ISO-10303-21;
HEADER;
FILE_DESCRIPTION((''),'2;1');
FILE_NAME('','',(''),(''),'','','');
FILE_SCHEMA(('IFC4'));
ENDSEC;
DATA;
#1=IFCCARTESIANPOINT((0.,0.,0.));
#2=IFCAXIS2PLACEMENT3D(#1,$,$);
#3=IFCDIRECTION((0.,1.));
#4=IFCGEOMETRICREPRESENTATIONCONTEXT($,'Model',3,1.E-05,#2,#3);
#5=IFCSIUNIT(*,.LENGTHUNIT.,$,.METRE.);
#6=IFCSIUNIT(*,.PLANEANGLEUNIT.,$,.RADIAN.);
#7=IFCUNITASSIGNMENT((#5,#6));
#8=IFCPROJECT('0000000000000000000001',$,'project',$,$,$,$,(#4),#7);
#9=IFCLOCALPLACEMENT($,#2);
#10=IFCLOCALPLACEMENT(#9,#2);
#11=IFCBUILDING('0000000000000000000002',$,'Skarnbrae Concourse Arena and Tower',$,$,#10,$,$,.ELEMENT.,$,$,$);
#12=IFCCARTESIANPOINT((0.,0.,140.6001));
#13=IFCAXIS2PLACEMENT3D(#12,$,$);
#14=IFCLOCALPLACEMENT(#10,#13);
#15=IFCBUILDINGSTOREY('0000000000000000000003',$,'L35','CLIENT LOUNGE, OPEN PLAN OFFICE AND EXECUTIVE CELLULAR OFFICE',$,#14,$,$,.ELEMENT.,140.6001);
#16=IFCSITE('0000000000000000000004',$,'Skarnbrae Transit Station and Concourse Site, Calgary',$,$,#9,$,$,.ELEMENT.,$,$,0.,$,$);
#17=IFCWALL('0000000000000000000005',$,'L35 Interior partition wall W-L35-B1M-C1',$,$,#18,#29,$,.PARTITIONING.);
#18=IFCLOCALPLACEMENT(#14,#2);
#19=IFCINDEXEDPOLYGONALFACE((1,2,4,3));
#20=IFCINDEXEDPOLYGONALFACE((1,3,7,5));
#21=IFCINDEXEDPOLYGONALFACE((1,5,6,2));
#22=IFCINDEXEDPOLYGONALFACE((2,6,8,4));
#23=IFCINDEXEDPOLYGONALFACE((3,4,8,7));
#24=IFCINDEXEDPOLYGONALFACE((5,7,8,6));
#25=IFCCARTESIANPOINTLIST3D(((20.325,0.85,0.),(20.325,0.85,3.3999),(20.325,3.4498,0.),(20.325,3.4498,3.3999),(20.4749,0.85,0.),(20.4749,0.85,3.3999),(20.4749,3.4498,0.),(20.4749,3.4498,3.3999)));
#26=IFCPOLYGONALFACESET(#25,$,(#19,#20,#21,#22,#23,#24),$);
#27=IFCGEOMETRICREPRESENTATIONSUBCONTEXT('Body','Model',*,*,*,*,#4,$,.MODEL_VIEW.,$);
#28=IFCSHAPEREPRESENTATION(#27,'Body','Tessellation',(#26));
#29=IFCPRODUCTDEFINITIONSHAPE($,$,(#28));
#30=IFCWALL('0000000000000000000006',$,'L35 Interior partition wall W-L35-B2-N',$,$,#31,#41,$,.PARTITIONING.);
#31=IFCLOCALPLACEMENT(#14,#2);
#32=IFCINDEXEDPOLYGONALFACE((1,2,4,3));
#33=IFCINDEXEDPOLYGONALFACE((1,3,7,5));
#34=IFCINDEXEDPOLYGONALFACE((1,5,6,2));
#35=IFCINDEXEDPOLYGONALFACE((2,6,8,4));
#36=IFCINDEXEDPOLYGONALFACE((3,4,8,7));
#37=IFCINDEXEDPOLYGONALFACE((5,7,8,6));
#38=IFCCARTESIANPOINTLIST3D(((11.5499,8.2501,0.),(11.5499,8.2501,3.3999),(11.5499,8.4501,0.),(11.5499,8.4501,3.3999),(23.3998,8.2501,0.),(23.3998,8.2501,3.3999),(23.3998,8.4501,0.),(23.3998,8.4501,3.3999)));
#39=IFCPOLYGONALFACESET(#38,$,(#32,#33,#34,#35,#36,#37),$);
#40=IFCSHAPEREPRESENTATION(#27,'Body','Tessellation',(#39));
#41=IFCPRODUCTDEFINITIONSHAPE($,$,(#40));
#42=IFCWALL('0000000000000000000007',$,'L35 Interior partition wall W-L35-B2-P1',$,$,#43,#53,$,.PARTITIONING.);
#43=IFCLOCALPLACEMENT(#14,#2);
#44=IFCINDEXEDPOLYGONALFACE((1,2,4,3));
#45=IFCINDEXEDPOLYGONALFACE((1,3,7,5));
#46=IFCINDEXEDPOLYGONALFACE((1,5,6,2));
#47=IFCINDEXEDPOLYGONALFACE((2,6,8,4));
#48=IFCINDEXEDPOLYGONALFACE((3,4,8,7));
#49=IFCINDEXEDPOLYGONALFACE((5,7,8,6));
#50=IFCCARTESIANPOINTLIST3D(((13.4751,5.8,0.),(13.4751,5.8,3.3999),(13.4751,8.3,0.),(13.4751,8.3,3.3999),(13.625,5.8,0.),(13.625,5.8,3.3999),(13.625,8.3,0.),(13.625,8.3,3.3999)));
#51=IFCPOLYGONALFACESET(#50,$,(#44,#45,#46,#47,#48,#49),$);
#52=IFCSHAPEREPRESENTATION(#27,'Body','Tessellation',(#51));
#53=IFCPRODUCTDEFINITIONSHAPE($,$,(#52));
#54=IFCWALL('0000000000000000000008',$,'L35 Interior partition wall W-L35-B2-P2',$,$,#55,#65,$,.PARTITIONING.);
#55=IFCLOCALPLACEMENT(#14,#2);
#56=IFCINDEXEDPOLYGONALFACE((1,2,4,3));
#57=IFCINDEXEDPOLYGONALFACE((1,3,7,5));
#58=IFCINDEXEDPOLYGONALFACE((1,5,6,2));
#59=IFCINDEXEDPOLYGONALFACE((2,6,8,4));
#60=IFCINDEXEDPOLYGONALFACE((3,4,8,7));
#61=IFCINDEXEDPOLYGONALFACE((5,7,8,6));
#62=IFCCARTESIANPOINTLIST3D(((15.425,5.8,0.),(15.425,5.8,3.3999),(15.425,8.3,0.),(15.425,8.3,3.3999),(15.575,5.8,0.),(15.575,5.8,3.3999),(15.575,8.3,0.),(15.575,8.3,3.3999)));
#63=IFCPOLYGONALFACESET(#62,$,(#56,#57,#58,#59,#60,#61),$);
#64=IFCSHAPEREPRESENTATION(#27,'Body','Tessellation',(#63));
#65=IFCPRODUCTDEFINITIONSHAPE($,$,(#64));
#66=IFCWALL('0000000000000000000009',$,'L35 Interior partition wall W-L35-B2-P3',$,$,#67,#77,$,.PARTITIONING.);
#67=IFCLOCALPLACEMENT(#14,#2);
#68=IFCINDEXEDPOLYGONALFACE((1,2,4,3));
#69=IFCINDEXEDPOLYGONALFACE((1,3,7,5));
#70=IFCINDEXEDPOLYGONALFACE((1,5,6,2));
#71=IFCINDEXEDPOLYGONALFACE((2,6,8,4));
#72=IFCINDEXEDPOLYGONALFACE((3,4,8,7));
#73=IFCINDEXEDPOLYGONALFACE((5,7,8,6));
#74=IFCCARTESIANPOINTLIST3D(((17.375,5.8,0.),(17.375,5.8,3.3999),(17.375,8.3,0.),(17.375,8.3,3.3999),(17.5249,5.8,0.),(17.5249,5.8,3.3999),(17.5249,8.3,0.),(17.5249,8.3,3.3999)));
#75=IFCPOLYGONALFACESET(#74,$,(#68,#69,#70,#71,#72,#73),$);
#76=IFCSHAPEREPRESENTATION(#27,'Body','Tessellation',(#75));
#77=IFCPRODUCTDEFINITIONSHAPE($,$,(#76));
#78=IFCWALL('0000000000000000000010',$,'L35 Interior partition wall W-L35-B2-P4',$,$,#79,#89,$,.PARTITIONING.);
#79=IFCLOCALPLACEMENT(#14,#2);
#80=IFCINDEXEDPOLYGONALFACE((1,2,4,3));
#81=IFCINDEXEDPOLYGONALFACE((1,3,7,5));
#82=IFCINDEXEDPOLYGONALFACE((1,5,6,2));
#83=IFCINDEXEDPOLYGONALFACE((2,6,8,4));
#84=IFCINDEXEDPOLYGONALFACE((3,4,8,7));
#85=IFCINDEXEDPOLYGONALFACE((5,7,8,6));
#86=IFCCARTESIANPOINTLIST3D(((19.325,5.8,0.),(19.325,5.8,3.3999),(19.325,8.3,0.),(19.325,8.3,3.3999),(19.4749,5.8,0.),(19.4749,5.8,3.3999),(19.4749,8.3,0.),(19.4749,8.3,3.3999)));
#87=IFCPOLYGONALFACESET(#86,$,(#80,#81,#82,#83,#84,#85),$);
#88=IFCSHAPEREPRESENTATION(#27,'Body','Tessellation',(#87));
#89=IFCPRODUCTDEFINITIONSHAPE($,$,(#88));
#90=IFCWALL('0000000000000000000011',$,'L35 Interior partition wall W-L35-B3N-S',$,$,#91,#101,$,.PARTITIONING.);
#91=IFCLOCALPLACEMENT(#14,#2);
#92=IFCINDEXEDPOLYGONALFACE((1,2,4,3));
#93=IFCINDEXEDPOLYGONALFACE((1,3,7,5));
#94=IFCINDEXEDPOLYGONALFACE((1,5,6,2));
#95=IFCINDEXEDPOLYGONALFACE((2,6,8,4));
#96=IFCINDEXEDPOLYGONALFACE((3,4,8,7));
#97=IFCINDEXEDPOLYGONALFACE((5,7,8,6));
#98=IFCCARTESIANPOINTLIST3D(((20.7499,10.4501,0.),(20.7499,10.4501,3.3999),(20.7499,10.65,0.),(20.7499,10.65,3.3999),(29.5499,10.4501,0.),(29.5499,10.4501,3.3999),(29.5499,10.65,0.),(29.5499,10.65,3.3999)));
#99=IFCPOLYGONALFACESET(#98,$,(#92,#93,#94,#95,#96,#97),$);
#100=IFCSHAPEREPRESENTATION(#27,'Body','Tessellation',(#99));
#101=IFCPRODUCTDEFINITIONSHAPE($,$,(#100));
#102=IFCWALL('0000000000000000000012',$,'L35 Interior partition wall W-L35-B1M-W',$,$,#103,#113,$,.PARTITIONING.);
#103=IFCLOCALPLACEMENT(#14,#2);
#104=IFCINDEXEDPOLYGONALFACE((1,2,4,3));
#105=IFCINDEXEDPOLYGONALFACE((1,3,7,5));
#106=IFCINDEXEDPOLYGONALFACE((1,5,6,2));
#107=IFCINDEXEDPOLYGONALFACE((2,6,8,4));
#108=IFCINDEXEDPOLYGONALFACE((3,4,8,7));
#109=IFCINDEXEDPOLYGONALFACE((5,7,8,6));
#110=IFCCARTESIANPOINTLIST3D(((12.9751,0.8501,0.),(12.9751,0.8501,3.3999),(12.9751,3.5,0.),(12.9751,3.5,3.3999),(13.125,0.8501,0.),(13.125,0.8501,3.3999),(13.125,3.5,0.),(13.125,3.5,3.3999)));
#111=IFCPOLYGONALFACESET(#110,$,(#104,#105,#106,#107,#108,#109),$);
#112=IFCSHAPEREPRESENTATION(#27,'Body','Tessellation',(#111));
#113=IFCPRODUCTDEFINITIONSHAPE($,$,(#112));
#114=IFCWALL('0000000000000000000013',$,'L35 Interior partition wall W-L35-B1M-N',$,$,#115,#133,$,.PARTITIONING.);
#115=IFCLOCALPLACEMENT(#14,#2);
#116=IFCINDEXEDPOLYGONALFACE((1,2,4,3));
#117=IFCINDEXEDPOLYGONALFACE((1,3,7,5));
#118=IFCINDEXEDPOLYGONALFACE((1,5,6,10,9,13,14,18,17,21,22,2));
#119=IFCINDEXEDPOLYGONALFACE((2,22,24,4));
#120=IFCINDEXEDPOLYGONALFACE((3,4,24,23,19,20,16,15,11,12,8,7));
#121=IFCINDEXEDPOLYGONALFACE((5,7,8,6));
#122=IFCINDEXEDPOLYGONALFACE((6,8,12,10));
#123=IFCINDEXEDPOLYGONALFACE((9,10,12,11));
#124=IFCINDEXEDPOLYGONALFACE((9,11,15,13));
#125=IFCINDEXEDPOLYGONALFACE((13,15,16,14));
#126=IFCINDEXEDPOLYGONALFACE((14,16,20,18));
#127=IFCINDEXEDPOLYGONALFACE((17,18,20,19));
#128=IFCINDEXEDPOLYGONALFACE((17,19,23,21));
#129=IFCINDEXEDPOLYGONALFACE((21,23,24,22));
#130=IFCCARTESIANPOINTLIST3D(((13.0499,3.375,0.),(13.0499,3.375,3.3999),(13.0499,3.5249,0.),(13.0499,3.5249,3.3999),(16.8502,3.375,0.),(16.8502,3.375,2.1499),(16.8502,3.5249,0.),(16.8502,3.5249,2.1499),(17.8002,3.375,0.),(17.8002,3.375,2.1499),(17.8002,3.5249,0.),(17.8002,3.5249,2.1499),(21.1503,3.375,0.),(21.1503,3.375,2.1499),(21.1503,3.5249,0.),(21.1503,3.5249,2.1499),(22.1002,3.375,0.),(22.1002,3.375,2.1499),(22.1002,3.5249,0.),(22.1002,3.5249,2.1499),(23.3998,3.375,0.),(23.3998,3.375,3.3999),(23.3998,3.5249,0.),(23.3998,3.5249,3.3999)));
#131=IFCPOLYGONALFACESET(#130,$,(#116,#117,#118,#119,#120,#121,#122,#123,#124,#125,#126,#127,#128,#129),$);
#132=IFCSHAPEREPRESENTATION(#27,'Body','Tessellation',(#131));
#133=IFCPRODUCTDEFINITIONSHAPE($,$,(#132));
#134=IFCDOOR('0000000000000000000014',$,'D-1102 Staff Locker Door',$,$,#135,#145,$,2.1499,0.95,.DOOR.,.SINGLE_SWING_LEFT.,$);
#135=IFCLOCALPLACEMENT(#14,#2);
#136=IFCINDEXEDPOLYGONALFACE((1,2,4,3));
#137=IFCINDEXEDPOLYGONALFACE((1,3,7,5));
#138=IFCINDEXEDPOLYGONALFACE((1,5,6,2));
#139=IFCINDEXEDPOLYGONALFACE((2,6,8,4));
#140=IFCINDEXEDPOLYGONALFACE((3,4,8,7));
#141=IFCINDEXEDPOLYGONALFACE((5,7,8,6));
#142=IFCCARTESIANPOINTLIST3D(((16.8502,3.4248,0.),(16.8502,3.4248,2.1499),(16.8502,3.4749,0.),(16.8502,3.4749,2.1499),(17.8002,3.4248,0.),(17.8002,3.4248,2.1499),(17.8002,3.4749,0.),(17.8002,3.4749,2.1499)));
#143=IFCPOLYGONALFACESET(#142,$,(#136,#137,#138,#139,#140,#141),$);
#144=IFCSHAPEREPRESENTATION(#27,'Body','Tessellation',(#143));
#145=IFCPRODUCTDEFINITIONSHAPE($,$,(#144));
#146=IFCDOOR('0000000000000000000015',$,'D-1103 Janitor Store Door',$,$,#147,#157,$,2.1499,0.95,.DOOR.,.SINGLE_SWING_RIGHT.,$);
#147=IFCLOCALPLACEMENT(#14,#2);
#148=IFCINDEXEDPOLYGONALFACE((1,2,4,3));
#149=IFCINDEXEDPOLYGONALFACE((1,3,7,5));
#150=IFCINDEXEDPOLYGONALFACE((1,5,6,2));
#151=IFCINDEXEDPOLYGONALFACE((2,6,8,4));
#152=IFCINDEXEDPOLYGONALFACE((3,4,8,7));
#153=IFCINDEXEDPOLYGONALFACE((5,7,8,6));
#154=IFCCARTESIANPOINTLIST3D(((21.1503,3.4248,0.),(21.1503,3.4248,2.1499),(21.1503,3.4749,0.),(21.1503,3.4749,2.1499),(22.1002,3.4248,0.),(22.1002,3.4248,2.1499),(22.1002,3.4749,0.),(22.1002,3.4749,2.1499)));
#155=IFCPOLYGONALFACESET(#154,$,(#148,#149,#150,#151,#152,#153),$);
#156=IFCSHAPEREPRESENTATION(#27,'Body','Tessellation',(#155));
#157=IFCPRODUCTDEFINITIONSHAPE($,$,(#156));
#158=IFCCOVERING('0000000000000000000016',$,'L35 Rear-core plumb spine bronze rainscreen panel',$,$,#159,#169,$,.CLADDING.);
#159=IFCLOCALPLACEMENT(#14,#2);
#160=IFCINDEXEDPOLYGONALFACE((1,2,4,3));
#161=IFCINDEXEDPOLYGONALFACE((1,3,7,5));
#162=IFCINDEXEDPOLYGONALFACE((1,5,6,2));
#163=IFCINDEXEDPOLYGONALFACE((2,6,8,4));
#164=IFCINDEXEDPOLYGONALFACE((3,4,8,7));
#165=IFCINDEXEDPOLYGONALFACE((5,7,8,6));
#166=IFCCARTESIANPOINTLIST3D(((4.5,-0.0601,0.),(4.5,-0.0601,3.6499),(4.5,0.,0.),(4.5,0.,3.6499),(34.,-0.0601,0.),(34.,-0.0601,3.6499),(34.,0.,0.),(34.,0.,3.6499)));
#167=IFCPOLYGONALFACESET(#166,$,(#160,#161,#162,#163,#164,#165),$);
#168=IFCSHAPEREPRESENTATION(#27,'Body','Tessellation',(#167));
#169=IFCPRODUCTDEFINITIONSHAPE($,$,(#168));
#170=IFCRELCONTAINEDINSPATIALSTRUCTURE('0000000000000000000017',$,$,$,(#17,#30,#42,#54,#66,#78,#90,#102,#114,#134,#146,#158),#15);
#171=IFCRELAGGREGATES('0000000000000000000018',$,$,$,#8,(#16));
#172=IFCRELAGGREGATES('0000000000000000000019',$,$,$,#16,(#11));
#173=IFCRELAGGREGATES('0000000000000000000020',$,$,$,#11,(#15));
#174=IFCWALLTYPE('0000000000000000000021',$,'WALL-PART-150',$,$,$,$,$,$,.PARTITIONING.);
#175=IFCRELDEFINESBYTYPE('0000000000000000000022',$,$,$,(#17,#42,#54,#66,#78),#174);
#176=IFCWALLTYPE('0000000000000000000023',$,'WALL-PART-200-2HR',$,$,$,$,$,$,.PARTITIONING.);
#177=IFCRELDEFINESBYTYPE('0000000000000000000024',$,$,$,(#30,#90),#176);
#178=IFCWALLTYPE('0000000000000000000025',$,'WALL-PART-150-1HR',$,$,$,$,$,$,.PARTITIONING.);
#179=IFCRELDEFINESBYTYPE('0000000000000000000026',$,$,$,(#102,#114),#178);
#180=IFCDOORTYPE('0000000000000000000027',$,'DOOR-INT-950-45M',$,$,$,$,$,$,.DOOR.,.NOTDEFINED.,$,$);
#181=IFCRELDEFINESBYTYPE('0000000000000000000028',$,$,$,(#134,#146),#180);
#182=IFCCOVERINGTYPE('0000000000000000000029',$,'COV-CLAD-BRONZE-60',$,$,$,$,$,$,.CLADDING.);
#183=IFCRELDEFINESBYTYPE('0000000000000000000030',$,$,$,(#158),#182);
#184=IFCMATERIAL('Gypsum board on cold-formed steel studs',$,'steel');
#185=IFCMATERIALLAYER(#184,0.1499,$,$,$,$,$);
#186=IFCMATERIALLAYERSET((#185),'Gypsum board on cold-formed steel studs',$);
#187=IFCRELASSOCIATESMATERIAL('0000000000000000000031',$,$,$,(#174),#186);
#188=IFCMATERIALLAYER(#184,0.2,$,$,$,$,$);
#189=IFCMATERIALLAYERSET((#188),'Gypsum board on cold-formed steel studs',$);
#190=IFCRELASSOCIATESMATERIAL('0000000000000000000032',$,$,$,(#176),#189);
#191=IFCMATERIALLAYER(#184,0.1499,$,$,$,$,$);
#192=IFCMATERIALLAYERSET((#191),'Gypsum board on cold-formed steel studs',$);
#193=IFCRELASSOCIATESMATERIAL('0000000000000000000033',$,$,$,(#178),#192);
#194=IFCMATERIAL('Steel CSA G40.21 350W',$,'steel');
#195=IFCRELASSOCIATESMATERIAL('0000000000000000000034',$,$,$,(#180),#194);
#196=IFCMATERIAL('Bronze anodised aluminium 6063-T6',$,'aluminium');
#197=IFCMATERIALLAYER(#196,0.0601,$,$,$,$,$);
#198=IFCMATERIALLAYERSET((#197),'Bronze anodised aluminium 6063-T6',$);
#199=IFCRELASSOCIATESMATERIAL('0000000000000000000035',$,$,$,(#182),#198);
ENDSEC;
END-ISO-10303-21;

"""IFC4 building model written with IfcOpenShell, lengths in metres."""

from ifc_helpers import new_model, si_unit, direction, frame, frame_2d, origin, origin_2d, place, context, subcontext, project, spatial, rectangle, extrude, source, transform, mapped, material, layer, layer_set, type_object, element, fill, save


model = new_model("IFC4")

# Units and contexts
model_context = context("Model", 3, precision=1e-05, world=origin(), true_north=direction((0.0, 1.0)))
body_context = subcontext(model_context, "Body", "Model", "MODEL_VIEW")
ifc_project = project(units=[si_unit("LENGTHUNIT", "METRE"), si_unit("PLANEANGLEUNIT", "RADIAN")], contexts=[model_context])

# Site, building, storey
site_placement = place(None, origin())
site = spatial("IfcSite", under=ifc_project, at=site_placement, Name="Skarnbrae Transit Station and Concourse Site, Calgary", CompositionType="ELEMENT", RefElevation=0.0)
building_placement = place(site_placement, origin())
building = spatial("IfcBuilding", under=site, at=building_placement, Name="Skarnbrae Concourse Arena and Tower", CompositionType="ELEMENT")
storey_placement = place(building_placement, frame((0.0, 0.0, 140.6001)))
storey = spatial("IfcBuildingStorey", under=building, at=storey_placement, Name="L35", Description="CLIENT LOUNGE, OPEN PLAN OFFICE AND EXECUTIVE CELLULAR OFFICE", CompositionType="ELEMENT", Elevation=140.6001)

# Walls
ifc_material_1 = material(Name="Gypsum board on cold-formed steel studs", Category="steel")
ifc_layer_1 = layer(ifc_material_1, 0.1499)
ifc_layer_set_1 = layer_set([ifc_layer_1], Name="Gypsum board on cold-formed steel studs")
wall_type_1 = type_object("IfcWallType", Name="WALL-PART-150", PredefinedType="PARTITIONING", material=ifc_layer_set_1)
shared_shape_1 = source(origin(), body_context, "Body", "SweptSolid", [
    extrude(rectangle(XDim=2.5999, YDim=0.1499, at=frame_2d((1.2998, 0.0))), origin(), (0.0, 0.0, 1.0), 3.3999),
])
wall_1_placement = place(storey_placement, frame((20.3999, 0.8501, 0.0), z_axis=(0.0, 0.0, 1.0), x_axis=(0.0, 1.0, 0.0)))
element("IfcWall", 1, at=wall_1_placement, inside=storey, type_object=wall_type_1, Name="L35 Interior partition wall W-L35-B1M-C1", PredefinedType="PARTITIONING", context=body_context, shape_type="MappedRepresentation", body=[
    mapped(shared_shape_1, transform((0.0, 0.0, 0.0))),
])
ifc_layer_2 = layer(ifc_material_1, 0.2)
ifc_layer_set_2 = layer_set([ifc_layer_2], Name="Gypsum board on cold-formed steel studs")
wall_type_2 = type_object("IfcWallType", Name="WALL-PART-200-2HR", PredefinedType="PARTITIONING", material=ifc_layer_set_2)
shared_shape_2 = source(origin(), body_context, "Body", "SweptSolid", [
    extrude(rectangle(XDim=11.8499, YDim=0.2, at=frame_2d((5.9248, 0.0))), origin(), (0.0, 0.0, 1.0), 3.3999),
])
wall_2_placement = place(storey_placement, frame((11.55, 8.3501, 0.0), z_axis=(0.0, 0.0, 1.0), x_axis=(1.0, 0.0, 0.0)))
element("IfcWall", 2, at=wall_2_placement, inside=storey, type_object=wall_type_2, Name="L35 Interior partition wall W-L35-B2-N", PredefinedType="PARTITIONING", context=body_context, shape_type="MappedRepresentation", body=[
    mapped(shared_shape_2, transform((0.0, 0.0, 0.0))),
])
shared_shape_3 = source(origin(), body_context, "Body", "SweptSolid", [
    extrude(rectangle(XDim=2.5, YDim=0.1499, at=frame_2d((1.25, 0.0))), origin(), (0.0, 0.0, 1.0), 3.3999),
])
for number, where, z_axis, x_axis, name in (
    (3, (13.55, 5.8, 0.0), (0.0, 0.0, 1.0), (0.0, 1.0, 0.0), "L35 Interior partition wall W-L35-B2-P1"),
    (4, (15.5, 5.8, 0.0), (0.0, 0.0, 1.0), (0.0, 1.0, 0.0), "L35 Interior partition wall W-L35-B2-P2"),
    (5, (17.45, 5.8, 0.0), (0.0, 0.0, 1.0), (0.0, 1.0, 0.0), "L35 Interior partition wall W-L35-B2-P3"),
    (6, (19.3999, 5.8, 0.0), (0.0, 0.0, 1.0), (0.0, 1.0, 0.0), "L35 Interior partition wall W-L35-B2-P4"),
):
    element("IfcWall", number, at=place(storey_placement, frame(where, z_axis=z_axis, x_axis=x_axis)), inside=storey, type_object=wall_type_1, Name=name, PredefinedType="PARTITIONING", context=body_context, shape_type="MappedRepresentation", body=[
        mapped(shared_shape_3, transform((0.0, 0.0, 0.0))),
    ])
shared_shape_4 = source(origin(), body_context, "Body", "SweptSolid", [
    extrude(rectangle(XDim=8.8, YDim=0.2, at=frame_2d((4.3999, 0.0))), origin(), (0.0, 0.0, 1.0), 3.3999),
])
wall_3_placement = place(storey_placement, frame((20.75, 10.55, 0.0), z_axis=(0.0, 0.0, 1.0), x_axis=(1.0, 0.0, 0.0)))
element("IfcWall", 7, at=wall_3_placement, inside=storey, type_object=wall_type_2, Name="L35 Interior partition wall W-L35-B3N-S", PredefinedType="PARTITIONING", context=body_context, shape_type="MappedRepresentation", body=[
    mapped(shared_shape_4, transform((0.0, 0.0, 0.0))),
])
ifc_layer_3 = layer(ifc_material_1, 0.1499)
ifc_layer_set_3 = layer_set([ifc_layer_3], Name="Gypsum board on cold-formed steel studs")
wall_type_3 = type_object("IfcWallType", Name="WALL-PART-150-1HR", PredefinedType="PARTITIONING", material=ifc_layer_set_3)
shared_shape_5 = source(origin(), body_context, "Body", "SweptSolid", [
    extrude(rectangle(XDim=2.6499, YDim=0.1499, at=frame_2d((1.325, 0.0))), origin(), (0.0, 0.0, 1.0), 3.3999),
])
wall_4_placement = place(storey_placement, frame((13.05, 0.8501, 0.0), z_axis=(0.0, 0.0, 1.0), x_axis=(0.0, 1.0, 0.0)))
element("IfcWall", 8, at=wall_4_placement, inside=storey, type_object=wall_type_3, Name="L35 Interior partition wall W-L35-B1M-W", PredefinedType="PARTITIONING", context=body_context, shape_type="MappedRepresentation", body=[
    mapped(shared_shape_5, transform((0.0, 0.0, 0.0))),
])

# Wall, openings, doors
shared_shape_6 = source(origin(), body_context, "Body", "SweptSolid", [
    extrude(rectangle(XDim=10.3499, YDim=0.1499, at=frame_2d((5.1748, 0.0))), origin(), (0.0, 0.0, 1.0), 3.3999),
])
wall_5_placement = place(storey_placement, frame((13.05, 3.45, 0.0), z_axis=(0.0, 0.0, 1.0), x_axis=(1.0, 0.0, 0.0)))
wall_5 = element("IfcWall", 9, at=wall_5_placement, inside=storey, type_object=wall_type_3, Name="L35 Interior partition wall W-L35-B1M-N", PredefinedType="PARTITIONING", context=body_context, shape_type="MappedRepresentation", body=[
    mapped(shared_shape_6, transform((0.0, 0.0, 0.0))),
])
opening_1_placement = place(wall_5_placement, frame((3.8, 0.0, 0.0)))
opening_1 = element("IfcOpeningElement", 10, at=opening_1_placement, cuts=wall_5, PredefinedType="OPENING", context=body_context, shape_type="SweptSolid", body=[
    extrude(rectangle(XDim=0.95, YDim=2.1499, at=frame_2d((0.4751, 1.075))), frame((0.0, 0.085, 0.0), z_axis=(0.0, -1.0, 0.0), x_axis=(1.0, 0.0, 0.0)), (0.0, 0.0, 1.0), 0.1699),
])
opening_2_placement = place(wall_5_placement, frame((8.1001, 0.0, 0.0)))
opening_2 = element("IfcOpeningElement", 11, at=opening_2_placement, cuts=wall_5, PredefinedType="OPENING", context=body_context, shape_type="SweptSolid", body=[
    extrude(rectangle(XDim=0.95, YDim=2.1499, at=frame_2d((0.4751, 1.075))), frame((0.0, 0.085, 0.0), z_axis=(0.0, -1.0, 0.0), x_axis=(1.0, 0.0, 0.0)), (0.0, 0.0, 1.0), 0.1699),
])
ifc_material_2 = material(Name="Steel CSA G40.21 350W", Category="steel")
door_type = type_object("IfcDoorType", Name="DOOR-INT-950-45M", OperationType="NOTDEFINED", PredefinedType="DOOR", material=ifc_material_2)
shared_shape_7 = source(origin(), body_context, "Body", "SweptSolid", [
    extrude(rectangle(XDim=0.95, YDim=2.1499, at=frame_2d((0.4751, 1.075))), frame((0.0, 0.0249, 0.0), z_axis=(0.0, -1.0, 0.0), x_axis=(1.0, 0.0, 0.0)), (0.0, 0.0, 1.0), 0.05),
])
door_1_placement = place(opening_1_placement, origin())
door_1 = element("IfcDoor", 12, at=door_1_placement, inside=storey, type_object=door_type, Name="D-1102 Staff Locker Door", OperationType="SINGLE_SWING_LEFT", OverallHeight=2.1499, OverallWidth=0.95, PredefinedType="DOOR", context=body_context, shape_type="MappedRepresentation", body=[
    mapped(shared_shape_7, transform((0.0, 0.0, 0.0))),
])
fill(opening_1, door_1)
door_2_placement = place(opening_2_placement, origin())
door_2 = element("IfcDoor", 13, at=door_2_placement, inside=storey, type_object=door_type, Name="D-1103 Janitor Store Door", OperationType="SINGLE_SWING_RIGHT", OverallHeight=2.1499, OverallWidth=0.95, PredefinedType="DOOR", context=body_context, shape_type="MappedRepresentation", body=[
    mapped(shared_shape_7, transform((0.0, 0.0, 0.0))),
])
fill(opening_2, door_2)

# Covering
ifc_material_3 = material(Name="Bronze anodised aluminium 6063-T6", Category="aluminium")
ifc_layer_4 = layer(ifc_material_3, 0.0601)
ifc_layer_set_4 = layer_set([ifc_layer_4], Name="Bronze anodised aluminium 6063-T6")
covering_type = type_object("IfcCoveringType", Name="COV-CLAD-BRONZE-60", PredefinedType="CLADDING", material=ifc_layer_set_4)
shared_shape_8 = source(origin(), body_context, "Body", "SweptSolid", [
    extrude(rectangle(XDim=29.5, YDim=0.0601, at=origin_2d()), origin(), (0.0, 0.0, 1.0), 3.6499),
])
covering_placement = place(storey_placement, frame((19.25, -0.03, 0.0), z_axis=(0.0, 0.0, 1.0), x_axis=(1.0, 0.0, 0.0)))
element("IfcCovering", 14, at=covering_placement, inside=storey, type_object=covering_type, Name="L35 Rear-core plumb spine bronze rainscreen panel", PredefinedType="CLADDING", context=body_context, shape_type="MappedRepresentation", body=[
    mapped(shared_shape_8, transform((0.0, 0.0, 0.0))),
])

save(model, "model.ifc")
